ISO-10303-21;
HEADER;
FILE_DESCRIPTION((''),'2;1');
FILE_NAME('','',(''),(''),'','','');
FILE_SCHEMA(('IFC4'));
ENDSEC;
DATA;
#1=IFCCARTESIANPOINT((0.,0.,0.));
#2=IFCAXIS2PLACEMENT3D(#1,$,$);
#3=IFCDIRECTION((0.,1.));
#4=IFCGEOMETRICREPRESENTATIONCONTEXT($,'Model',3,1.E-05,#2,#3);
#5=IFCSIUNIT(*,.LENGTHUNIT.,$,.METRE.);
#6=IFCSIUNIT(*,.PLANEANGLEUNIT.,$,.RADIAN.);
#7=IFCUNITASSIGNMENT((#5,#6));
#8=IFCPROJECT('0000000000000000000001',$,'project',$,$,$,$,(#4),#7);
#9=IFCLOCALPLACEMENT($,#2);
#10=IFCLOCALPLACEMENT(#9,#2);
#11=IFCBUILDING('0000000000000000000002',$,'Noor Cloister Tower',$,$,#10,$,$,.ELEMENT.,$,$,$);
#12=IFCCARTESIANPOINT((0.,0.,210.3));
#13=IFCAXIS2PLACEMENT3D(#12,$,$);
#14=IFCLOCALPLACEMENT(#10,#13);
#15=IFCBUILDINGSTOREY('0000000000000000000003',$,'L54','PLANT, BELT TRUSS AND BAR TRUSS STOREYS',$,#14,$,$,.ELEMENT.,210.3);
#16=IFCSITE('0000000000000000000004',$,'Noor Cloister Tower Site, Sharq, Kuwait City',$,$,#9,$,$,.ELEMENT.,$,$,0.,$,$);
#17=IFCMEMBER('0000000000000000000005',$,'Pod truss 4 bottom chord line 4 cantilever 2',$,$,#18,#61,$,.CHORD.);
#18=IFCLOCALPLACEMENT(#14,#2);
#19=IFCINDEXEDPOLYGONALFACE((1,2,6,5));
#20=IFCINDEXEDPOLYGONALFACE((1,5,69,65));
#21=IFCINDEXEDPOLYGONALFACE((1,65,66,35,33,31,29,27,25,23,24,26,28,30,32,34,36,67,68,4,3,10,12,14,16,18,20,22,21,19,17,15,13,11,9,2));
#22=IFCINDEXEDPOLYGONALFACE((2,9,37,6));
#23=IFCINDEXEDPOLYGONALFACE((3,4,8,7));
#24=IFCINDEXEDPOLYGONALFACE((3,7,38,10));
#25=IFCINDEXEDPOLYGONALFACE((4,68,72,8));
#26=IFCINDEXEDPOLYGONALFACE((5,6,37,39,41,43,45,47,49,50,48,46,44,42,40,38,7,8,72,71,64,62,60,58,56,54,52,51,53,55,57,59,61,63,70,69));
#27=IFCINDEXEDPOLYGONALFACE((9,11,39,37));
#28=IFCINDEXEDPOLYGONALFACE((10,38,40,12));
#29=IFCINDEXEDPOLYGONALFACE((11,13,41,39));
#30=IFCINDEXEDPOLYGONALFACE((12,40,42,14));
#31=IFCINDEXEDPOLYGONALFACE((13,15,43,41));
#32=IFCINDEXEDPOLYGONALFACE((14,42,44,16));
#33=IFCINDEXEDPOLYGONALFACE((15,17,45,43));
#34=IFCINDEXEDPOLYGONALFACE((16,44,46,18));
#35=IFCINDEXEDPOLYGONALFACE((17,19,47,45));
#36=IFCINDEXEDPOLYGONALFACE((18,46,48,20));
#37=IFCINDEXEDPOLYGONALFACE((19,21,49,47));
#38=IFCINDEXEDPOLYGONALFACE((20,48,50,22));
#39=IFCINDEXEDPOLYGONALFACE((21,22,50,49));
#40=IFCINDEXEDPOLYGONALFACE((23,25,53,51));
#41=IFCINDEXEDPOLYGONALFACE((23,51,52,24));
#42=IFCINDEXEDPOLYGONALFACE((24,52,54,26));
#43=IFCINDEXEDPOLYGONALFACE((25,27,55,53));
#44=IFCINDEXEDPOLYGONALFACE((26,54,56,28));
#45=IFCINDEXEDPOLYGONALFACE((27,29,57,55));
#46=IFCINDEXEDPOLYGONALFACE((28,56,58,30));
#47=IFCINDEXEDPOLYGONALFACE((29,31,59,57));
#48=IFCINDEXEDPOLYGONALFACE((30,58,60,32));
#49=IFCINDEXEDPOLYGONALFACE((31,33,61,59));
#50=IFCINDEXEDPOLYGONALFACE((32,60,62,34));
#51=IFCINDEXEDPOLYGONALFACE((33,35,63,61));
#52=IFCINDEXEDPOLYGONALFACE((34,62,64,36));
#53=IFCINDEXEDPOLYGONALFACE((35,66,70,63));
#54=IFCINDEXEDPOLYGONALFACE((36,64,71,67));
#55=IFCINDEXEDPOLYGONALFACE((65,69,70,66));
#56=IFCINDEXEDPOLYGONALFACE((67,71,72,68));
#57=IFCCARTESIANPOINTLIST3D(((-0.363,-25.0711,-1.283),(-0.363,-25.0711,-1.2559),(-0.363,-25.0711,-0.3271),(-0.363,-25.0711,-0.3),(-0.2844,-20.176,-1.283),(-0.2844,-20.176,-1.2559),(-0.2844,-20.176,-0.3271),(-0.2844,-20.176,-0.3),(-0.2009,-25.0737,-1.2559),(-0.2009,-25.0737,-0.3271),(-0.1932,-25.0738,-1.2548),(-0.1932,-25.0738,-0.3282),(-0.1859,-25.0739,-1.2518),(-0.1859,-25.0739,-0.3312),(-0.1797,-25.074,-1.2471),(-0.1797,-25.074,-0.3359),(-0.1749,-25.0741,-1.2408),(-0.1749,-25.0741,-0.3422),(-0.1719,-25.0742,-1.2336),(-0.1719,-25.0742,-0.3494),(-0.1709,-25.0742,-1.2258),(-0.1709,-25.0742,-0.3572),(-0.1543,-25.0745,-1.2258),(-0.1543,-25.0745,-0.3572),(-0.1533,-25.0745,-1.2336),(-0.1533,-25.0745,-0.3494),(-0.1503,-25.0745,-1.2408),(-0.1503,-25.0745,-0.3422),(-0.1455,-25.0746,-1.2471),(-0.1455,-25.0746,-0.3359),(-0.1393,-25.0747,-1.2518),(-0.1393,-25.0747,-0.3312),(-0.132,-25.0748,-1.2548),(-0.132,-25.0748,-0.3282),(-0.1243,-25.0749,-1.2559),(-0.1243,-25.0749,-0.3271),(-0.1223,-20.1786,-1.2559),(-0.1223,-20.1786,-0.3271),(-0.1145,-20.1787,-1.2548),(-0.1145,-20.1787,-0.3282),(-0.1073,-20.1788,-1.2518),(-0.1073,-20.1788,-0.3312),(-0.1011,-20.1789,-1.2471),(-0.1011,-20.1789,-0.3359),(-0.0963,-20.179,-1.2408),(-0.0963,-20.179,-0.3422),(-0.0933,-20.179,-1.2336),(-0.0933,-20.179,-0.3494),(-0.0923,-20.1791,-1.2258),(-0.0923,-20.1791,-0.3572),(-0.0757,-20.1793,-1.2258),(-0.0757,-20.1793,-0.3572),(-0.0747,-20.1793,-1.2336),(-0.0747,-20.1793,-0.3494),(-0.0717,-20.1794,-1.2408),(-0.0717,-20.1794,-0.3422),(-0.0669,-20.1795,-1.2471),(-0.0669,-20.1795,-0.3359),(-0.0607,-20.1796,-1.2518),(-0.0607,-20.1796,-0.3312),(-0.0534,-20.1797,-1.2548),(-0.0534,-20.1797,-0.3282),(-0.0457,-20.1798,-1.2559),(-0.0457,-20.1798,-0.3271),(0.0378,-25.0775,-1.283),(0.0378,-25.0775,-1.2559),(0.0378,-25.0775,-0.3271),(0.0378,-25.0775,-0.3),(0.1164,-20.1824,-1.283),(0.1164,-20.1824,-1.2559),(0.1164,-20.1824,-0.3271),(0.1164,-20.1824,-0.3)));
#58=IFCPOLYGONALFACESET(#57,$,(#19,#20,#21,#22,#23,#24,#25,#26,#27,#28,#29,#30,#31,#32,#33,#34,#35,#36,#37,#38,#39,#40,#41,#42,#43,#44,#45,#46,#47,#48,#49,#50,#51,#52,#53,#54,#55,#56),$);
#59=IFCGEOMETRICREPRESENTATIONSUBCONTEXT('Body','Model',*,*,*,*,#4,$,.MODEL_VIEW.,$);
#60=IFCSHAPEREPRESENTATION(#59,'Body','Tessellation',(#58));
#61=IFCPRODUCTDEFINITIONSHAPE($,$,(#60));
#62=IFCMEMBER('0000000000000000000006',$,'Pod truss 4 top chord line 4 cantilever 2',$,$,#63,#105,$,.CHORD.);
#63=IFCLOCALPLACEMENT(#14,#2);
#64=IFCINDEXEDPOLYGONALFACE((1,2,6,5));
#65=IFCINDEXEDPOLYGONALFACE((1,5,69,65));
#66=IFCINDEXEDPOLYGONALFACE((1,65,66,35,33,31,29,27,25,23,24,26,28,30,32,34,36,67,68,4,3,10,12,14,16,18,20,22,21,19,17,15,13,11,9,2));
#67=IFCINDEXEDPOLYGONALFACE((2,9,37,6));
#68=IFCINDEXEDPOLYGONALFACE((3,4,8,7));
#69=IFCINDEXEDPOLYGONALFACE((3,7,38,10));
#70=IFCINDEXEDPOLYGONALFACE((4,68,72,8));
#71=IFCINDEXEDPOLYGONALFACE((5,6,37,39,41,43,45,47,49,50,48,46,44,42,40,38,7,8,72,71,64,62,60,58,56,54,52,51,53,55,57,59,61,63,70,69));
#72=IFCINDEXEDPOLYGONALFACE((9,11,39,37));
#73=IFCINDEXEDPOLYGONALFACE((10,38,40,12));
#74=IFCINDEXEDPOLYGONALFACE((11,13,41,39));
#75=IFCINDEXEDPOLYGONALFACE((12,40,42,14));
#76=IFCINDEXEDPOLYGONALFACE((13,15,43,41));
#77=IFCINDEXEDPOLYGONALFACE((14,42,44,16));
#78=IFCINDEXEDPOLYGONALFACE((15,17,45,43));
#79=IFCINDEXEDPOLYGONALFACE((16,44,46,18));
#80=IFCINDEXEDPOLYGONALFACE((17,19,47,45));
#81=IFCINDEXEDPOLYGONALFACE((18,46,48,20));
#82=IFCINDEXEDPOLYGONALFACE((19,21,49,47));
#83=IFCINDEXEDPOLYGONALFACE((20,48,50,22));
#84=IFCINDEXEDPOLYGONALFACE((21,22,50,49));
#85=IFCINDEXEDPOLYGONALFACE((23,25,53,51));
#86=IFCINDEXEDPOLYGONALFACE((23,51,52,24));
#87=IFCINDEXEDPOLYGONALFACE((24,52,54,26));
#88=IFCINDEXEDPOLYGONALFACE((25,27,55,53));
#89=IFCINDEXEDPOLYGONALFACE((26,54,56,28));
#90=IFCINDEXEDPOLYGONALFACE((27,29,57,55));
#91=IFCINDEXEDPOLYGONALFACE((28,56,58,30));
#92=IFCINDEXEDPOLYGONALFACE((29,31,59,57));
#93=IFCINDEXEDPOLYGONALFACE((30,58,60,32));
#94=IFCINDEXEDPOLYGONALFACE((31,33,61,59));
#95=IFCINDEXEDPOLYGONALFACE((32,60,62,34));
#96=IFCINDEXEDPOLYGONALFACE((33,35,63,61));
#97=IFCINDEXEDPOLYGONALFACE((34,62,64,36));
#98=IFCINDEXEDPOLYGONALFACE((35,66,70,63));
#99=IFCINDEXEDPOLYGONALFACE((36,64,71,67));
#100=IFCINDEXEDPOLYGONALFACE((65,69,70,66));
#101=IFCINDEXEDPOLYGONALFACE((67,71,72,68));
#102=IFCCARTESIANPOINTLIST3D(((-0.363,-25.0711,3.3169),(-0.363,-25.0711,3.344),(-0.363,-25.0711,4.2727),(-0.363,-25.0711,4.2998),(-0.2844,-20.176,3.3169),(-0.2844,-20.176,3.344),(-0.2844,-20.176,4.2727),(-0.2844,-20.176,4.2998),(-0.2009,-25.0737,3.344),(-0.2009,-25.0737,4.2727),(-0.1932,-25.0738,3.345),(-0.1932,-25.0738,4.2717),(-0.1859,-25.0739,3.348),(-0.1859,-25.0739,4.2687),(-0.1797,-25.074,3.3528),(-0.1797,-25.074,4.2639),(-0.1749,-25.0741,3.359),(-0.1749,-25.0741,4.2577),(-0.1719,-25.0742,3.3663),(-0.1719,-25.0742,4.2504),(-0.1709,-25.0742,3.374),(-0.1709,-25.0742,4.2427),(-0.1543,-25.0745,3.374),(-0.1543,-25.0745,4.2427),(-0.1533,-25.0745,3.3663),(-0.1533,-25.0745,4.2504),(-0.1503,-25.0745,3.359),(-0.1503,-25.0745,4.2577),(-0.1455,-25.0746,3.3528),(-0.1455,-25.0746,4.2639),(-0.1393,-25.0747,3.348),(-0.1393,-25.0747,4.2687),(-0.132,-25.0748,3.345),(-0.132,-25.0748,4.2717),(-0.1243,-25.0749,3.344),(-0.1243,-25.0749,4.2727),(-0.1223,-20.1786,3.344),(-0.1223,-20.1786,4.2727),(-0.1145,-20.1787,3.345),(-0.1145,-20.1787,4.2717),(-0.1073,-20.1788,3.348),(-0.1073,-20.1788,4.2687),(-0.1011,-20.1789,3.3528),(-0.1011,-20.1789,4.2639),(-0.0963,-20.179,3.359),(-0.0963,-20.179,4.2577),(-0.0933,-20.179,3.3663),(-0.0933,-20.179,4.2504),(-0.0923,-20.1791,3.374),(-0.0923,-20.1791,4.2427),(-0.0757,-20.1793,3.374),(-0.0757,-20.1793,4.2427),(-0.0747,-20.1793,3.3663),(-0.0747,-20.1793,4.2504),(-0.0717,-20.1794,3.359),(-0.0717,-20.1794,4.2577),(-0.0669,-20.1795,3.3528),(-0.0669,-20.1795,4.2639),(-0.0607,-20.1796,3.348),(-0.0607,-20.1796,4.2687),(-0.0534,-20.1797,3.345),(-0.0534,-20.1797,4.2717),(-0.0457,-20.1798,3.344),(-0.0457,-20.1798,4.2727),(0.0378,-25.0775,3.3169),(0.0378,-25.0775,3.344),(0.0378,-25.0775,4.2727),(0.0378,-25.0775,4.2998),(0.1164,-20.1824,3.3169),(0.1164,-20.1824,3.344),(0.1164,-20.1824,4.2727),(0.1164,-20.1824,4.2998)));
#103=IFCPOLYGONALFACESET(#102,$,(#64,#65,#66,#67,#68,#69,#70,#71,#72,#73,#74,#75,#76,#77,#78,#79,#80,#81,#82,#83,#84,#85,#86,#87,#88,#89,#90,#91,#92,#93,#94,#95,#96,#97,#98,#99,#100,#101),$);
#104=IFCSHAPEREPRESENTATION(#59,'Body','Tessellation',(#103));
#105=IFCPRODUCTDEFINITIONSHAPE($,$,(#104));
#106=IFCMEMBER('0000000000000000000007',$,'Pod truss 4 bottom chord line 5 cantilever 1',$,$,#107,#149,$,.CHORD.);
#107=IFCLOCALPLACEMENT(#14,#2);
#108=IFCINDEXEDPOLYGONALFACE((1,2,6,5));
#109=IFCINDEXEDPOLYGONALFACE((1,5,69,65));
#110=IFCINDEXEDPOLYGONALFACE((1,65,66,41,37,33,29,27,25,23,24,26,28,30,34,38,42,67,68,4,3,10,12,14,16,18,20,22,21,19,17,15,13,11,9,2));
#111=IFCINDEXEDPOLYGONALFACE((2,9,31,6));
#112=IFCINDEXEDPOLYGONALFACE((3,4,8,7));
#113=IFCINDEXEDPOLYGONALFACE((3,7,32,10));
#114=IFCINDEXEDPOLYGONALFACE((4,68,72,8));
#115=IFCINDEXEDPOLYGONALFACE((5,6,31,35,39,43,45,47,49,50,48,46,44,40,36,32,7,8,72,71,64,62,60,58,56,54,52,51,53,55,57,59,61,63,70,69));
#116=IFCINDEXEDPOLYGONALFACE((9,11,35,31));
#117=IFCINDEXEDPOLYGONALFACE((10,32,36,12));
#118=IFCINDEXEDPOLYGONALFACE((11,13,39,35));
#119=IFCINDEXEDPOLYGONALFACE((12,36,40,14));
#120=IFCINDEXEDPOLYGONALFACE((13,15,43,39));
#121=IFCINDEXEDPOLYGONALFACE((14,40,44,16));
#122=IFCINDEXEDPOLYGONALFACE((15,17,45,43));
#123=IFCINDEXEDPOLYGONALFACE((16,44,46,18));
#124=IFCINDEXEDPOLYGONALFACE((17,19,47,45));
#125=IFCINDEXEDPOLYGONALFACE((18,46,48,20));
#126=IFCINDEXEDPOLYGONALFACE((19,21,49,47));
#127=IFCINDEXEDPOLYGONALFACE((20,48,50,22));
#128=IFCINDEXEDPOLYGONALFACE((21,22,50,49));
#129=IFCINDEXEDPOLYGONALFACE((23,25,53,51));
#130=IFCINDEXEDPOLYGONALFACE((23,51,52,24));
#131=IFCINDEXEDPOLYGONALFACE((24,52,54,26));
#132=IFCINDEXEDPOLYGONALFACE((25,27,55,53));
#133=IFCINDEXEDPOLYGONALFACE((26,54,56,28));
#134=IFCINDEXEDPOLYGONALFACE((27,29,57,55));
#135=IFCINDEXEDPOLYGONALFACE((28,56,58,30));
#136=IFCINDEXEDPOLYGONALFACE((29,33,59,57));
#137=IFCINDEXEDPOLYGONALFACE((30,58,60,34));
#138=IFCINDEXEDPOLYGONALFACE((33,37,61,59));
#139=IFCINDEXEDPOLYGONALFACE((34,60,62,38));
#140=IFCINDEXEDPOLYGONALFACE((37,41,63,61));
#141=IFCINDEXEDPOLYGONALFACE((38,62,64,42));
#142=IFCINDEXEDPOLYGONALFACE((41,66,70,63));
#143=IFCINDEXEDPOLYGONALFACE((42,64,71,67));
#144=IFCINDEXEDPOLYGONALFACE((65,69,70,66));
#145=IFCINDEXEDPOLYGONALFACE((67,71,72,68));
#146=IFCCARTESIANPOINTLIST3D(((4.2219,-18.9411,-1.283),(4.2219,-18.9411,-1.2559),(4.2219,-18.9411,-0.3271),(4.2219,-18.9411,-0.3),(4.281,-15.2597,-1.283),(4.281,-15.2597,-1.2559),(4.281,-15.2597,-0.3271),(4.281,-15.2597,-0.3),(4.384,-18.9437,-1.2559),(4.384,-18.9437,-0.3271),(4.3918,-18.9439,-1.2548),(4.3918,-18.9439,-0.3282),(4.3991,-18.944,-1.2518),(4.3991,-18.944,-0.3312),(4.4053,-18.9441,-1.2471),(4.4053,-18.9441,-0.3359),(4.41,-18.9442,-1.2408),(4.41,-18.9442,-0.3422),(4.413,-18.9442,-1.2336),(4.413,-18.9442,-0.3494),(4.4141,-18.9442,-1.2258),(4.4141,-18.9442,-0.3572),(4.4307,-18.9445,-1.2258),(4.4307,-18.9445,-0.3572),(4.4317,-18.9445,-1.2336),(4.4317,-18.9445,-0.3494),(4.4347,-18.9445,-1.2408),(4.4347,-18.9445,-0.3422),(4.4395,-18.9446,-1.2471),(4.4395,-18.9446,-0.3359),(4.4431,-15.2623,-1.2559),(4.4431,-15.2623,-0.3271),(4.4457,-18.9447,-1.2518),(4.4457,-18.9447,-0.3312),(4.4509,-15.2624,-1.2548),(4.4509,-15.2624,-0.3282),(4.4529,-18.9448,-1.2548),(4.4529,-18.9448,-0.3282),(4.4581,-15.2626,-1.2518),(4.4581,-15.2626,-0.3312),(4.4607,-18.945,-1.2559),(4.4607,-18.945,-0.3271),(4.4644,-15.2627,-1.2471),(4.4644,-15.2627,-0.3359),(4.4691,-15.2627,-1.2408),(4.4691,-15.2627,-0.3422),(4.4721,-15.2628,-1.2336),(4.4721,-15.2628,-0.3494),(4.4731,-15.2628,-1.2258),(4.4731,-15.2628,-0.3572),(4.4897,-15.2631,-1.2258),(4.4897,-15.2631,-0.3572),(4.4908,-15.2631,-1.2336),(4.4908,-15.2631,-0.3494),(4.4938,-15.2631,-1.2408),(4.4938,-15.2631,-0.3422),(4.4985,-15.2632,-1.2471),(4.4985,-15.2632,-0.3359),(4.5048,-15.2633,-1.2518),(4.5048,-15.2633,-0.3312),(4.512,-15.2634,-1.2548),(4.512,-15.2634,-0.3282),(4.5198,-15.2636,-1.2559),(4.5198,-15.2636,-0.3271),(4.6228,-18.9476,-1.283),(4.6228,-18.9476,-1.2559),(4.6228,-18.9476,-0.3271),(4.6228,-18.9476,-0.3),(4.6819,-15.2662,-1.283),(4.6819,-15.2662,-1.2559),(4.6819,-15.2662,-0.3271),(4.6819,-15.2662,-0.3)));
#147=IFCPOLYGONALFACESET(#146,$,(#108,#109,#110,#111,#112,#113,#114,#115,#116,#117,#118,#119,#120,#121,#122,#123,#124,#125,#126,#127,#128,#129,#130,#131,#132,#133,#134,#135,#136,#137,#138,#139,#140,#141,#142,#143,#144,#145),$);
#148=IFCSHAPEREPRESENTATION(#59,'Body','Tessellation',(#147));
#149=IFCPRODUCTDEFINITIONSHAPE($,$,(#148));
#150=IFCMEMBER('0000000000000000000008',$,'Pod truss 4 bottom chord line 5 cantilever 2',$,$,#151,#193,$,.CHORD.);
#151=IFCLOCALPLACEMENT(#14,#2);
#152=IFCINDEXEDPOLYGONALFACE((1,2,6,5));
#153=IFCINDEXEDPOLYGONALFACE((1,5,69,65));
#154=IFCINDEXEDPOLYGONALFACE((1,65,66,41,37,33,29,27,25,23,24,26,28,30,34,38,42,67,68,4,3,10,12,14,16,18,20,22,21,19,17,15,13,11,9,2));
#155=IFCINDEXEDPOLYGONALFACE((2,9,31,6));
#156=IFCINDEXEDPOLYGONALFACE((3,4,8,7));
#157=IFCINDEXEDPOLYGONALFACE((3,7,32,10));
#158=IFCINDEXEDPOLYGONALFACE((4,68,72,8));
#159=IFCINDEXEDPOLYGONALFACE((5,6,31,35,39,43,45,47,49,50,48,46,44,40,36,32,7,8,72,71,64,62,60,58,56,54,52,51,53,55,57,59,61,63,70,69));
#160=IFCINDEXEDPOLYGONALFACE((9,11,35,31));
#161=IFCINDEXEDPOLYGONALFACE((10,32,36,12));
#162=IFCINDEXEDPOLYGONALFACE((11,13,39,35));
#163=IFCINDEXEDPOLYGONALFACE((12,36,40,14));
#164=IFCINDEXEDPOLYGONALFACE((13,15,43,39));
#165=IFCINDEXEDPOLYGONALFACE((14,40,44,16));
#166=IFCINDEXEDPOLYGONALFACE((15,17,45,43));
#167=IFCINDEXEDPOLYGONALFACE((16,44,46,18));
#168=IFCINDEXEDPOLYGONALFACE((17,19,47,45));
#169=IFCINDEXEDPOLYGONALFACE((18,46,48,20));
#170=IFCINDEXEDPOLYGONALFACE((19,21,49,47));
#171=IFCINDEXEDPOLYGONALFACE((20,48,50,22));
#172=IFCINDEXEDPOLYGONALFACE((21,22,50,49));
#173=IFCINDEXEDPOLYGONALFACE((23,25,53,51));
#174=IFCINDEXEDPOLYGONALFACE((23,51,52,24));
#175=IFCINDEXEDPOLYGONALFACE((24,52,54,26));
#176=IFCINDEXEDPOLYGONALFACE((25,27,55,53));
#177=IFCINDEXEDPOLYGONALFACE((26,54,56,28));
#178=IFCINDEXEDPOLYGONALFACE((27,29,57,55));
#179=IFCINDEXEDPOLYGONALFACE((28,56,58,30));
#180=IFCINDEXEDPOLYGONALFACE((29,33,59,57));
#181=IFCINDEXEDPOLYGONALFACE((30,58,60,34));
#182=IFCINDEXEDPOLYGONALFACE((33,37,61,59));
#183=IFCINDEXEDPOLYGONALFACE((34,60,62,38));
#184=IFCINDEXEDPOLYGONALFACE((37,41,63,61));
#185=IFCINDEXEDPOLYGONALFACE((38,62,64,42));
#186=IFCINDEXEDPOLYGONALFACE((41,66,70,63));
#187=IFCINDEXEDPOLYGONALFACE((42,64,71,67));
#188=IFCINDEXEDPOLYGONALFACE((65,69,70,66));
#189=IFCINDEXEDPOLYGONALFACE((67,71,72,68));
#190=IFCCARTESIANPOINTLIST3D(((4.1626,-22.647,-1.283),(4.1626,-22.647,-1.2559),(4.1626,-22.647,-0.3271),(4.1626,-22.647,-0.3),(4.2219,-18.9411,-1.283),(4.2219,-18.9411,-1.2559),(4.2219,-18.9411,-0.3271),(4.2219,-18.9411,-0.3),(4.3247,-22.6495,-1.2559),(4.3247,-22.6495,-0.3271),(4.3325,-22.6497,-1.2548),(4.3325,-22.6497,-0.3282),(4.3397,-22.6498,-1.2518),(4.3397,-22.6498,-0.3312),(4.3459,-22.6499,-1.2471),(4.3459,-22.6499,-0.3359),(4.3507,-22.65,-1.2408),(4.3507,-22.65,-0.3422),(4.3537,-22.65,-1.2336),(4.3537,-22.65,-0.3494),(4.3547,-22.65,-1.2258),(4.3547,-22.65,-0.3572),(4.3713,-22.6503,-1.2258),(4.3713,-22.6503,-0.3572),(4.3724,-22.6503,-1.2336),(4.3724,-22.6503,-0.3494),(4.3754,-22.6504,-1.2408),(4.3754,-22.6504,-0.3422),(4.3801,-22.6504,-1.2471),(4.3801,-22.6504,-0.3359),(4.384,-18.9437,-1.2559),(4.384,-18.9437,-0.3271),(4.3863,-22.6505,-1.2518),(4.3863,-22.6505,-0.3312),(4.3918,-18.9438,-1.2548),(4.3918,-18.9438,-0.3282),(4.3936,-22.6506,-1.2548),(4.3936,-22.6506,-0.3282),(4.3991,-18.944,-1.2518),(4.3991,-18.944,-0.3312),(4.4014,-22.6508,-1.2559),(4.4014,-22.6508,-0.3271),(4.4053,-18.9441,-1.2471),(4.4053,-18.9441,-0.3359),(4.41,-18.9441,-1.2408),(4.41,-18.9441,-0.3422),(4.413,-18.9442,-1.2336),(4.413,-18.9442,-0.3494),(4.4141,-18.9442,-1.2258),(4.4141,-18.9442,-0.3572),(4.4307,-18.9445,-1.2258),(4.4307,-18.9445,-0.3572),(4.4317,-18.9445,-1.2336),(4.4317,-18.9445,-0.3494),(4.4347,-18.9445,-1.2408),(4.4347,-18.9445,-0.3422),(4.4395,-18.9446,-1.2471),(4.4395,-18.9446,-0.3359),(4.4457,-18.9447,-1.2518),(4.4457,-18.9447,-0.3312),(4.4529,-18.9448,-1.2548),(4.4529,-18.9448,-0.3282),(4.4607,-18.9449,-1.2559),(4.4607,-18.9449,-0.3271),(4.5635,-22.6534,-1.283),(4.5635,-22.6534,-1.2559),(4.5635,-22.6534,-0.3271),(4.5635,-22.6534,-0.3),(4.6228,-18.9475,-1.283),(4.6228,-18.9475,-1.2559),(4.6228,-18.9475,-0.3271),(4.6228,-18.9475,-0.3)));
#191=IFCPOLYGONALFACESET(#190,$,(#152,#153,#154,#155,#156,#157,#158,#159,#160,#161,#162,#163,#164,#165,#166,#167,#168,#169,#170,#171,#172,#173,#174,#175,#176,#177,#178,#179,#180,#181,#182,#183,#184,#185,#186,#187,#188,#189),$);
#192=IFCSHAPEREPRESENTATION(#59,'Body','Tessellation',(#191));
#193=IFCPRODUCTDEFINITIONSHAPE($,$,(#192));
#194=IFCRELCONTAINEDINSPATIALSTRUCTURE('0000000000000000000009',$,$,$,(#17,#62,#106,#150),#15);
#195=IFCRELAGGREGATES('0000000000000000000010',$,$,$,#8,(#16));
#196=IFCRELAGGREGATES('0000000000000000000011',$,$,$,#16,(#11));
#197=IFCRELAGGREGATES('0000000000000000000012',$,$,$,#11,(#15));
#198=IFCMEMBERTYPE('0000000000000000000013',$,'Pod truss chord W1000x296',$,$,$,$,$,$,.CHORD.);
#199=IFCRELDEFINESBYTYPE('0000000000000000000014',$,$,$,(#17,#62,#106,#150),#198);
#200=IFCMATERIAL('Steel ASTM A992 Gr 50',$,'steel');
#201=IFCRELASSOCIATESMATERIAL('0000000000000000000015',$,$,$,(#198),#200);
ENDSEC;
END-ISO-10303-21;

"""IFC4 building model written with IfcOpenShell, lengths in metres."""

from ifc_helpers import new_model, si_unit, direction, frame, origin, origin_2d, place, context, subcontext, project, spatial, i_section, extrude, material, material_profile, profile_set, type_object, element, save


model = new_model("IFC4")

# Units and contexts
model_context = context("Model", 3, precision=1e-05, world=origin(), true_north=direction((0.0, 1.0)))
body_context = subcontext(model_context, "Body", "Model", "MODEL_VIEW")
ifc_project = project(units=[si_unit("LENGTHUNIT", "METRE"), si_unit("PLANEANGLEUNIT", "RADIAN")], contexts=[model_context])

# Site, building, storey
site_placement = place(None, origin())
site = spatial("IfcSite", under=ifc_project, at=site_placement, Name="Noor Cloister Tower Site, Sharq, Kuwait City", CompositionType="ELEMENT", RefElevation=0.0)
building_placement = place(site_placement, origin())
building = spatial("IfcBuilding", under=site, at=building_placement, Name="Noor Cloister Tower", CompositionType="ELEMENT")
storey_placement = place(building_placement, frame((0.0, 0.0, 210.3)))
storey = spatial("IfcBuildingStorey", under=building, at=storey_placement, Name="L54", Description="PLANT, BELT TRUSS AND BAR TRUSS STOREYS", CompositionType="ELEMENT", Elevation=210.3)

# Members
ifc_material_1 = material(Name="Steel ASTM A992 Gr 50", Category="steel")
ifc_material_profile_1 = material_profile(ifc_material_1, i_section(OverallWidth=0.4009, OverallDepth=0.9829, WebThickness=0.0166, FlangeThickness=0.0271, FilletRadius=0.03, at=origin_2d()), Name="W1000x296")
ifc_profile_set_1 = profile_set([ifc_material_profile_1], Name="Steel ASTM A992 Gr 50")
member_type_1 = type_object("IfcMemberType", Name="Pod truss chord W1000x296", PredefinedType="CHORD", material=ifc_profile_set_1)
for number, where, z_axis, x_axis, name in (
    (1, (-0.084, -20.1792, -0.7915), (-0.016058, -0.999871, 0.0), (0.999871, -0.016058, 0.0), "Pod truss 4 bottom chord line 4 cantilever 2"),
    (2, (-0.084, -20.1792, 3.8083), (-0.016058, -0.999871, 0.0), (0.999871, -0.016058, 0.0), "Pod truss 4 top chord line 4 cantilever 2"),
):
    element("IfcMember", number, at=place(storey_placement, frame(where, z_axis=z_axis, x_axis=x_axis)), inside=storey, type_object=member_type_1, Name=name, PredefinedType="CHORD", context=body_context, shape_type="SweptSolid", body=[
        extrude(i_section(OverallWidth=0.4009, OverallDepth=0.9829, WebThickness=0.0166, FlangeThickness=0.0271, FilletRadius=0.03, at=origin_2d()), origin(), (0.0, 0.0, 1.0), 4.8958),
    ])
member_1_placement = place(storey_placement, frame((4.4814, -15.2629, -0.7915), z_axis=(-0.016047, -0.999871, 0.0), x_axis=(0.999871, -0.016047, 0.0)))
element("IfcMember", 3, at=member_1_placement, inside=storey, type_object=member_type_1, Name="Pod truss 4 bottom chord line 5 cantilever 1", PredefinedType="CHORD", context=body_context, shape_type="SweptSolid", body=[
    extrude(i_section(OverallWidth=0.4009, OverallDepth=0.9829, WebThickness=0.0166, FlangeThickness=0.0271, FilletRadius=0.03, at=origin_2d()), origin(), (0.0, 0.0, 1.0), 3.6819),
])
for number, where, z_axis, x_axis, name in (
    (4, (4.4224, -18.9443, -0.7915), (-0.016007, -0.999872, 0.0), (0.999872, -0.016007, 0.0), "Pod truss 4 bottom chord line 5 cantilever 2"),
):
    element("IfcMember", number, at=place(storey_placement, frame(where, z_axis=z_axis, x_axis=x_axis)), inside=storey, type_object=member_type_1, Name=name, PredefinedType="CHORD", context=body_context, shape_type="SweptSolid", body=[
        extrude(i_section(OverallWidth=0.4009, OverallDepth=0.9829, WebThickness=0.0166, FlangeThickness=0.0271, FilletRadius=0.03, at=origin_2d()), origin(), (0.0, 0.0, 1.0), 3.7063),
    ])

save(model, "model.ifc")
